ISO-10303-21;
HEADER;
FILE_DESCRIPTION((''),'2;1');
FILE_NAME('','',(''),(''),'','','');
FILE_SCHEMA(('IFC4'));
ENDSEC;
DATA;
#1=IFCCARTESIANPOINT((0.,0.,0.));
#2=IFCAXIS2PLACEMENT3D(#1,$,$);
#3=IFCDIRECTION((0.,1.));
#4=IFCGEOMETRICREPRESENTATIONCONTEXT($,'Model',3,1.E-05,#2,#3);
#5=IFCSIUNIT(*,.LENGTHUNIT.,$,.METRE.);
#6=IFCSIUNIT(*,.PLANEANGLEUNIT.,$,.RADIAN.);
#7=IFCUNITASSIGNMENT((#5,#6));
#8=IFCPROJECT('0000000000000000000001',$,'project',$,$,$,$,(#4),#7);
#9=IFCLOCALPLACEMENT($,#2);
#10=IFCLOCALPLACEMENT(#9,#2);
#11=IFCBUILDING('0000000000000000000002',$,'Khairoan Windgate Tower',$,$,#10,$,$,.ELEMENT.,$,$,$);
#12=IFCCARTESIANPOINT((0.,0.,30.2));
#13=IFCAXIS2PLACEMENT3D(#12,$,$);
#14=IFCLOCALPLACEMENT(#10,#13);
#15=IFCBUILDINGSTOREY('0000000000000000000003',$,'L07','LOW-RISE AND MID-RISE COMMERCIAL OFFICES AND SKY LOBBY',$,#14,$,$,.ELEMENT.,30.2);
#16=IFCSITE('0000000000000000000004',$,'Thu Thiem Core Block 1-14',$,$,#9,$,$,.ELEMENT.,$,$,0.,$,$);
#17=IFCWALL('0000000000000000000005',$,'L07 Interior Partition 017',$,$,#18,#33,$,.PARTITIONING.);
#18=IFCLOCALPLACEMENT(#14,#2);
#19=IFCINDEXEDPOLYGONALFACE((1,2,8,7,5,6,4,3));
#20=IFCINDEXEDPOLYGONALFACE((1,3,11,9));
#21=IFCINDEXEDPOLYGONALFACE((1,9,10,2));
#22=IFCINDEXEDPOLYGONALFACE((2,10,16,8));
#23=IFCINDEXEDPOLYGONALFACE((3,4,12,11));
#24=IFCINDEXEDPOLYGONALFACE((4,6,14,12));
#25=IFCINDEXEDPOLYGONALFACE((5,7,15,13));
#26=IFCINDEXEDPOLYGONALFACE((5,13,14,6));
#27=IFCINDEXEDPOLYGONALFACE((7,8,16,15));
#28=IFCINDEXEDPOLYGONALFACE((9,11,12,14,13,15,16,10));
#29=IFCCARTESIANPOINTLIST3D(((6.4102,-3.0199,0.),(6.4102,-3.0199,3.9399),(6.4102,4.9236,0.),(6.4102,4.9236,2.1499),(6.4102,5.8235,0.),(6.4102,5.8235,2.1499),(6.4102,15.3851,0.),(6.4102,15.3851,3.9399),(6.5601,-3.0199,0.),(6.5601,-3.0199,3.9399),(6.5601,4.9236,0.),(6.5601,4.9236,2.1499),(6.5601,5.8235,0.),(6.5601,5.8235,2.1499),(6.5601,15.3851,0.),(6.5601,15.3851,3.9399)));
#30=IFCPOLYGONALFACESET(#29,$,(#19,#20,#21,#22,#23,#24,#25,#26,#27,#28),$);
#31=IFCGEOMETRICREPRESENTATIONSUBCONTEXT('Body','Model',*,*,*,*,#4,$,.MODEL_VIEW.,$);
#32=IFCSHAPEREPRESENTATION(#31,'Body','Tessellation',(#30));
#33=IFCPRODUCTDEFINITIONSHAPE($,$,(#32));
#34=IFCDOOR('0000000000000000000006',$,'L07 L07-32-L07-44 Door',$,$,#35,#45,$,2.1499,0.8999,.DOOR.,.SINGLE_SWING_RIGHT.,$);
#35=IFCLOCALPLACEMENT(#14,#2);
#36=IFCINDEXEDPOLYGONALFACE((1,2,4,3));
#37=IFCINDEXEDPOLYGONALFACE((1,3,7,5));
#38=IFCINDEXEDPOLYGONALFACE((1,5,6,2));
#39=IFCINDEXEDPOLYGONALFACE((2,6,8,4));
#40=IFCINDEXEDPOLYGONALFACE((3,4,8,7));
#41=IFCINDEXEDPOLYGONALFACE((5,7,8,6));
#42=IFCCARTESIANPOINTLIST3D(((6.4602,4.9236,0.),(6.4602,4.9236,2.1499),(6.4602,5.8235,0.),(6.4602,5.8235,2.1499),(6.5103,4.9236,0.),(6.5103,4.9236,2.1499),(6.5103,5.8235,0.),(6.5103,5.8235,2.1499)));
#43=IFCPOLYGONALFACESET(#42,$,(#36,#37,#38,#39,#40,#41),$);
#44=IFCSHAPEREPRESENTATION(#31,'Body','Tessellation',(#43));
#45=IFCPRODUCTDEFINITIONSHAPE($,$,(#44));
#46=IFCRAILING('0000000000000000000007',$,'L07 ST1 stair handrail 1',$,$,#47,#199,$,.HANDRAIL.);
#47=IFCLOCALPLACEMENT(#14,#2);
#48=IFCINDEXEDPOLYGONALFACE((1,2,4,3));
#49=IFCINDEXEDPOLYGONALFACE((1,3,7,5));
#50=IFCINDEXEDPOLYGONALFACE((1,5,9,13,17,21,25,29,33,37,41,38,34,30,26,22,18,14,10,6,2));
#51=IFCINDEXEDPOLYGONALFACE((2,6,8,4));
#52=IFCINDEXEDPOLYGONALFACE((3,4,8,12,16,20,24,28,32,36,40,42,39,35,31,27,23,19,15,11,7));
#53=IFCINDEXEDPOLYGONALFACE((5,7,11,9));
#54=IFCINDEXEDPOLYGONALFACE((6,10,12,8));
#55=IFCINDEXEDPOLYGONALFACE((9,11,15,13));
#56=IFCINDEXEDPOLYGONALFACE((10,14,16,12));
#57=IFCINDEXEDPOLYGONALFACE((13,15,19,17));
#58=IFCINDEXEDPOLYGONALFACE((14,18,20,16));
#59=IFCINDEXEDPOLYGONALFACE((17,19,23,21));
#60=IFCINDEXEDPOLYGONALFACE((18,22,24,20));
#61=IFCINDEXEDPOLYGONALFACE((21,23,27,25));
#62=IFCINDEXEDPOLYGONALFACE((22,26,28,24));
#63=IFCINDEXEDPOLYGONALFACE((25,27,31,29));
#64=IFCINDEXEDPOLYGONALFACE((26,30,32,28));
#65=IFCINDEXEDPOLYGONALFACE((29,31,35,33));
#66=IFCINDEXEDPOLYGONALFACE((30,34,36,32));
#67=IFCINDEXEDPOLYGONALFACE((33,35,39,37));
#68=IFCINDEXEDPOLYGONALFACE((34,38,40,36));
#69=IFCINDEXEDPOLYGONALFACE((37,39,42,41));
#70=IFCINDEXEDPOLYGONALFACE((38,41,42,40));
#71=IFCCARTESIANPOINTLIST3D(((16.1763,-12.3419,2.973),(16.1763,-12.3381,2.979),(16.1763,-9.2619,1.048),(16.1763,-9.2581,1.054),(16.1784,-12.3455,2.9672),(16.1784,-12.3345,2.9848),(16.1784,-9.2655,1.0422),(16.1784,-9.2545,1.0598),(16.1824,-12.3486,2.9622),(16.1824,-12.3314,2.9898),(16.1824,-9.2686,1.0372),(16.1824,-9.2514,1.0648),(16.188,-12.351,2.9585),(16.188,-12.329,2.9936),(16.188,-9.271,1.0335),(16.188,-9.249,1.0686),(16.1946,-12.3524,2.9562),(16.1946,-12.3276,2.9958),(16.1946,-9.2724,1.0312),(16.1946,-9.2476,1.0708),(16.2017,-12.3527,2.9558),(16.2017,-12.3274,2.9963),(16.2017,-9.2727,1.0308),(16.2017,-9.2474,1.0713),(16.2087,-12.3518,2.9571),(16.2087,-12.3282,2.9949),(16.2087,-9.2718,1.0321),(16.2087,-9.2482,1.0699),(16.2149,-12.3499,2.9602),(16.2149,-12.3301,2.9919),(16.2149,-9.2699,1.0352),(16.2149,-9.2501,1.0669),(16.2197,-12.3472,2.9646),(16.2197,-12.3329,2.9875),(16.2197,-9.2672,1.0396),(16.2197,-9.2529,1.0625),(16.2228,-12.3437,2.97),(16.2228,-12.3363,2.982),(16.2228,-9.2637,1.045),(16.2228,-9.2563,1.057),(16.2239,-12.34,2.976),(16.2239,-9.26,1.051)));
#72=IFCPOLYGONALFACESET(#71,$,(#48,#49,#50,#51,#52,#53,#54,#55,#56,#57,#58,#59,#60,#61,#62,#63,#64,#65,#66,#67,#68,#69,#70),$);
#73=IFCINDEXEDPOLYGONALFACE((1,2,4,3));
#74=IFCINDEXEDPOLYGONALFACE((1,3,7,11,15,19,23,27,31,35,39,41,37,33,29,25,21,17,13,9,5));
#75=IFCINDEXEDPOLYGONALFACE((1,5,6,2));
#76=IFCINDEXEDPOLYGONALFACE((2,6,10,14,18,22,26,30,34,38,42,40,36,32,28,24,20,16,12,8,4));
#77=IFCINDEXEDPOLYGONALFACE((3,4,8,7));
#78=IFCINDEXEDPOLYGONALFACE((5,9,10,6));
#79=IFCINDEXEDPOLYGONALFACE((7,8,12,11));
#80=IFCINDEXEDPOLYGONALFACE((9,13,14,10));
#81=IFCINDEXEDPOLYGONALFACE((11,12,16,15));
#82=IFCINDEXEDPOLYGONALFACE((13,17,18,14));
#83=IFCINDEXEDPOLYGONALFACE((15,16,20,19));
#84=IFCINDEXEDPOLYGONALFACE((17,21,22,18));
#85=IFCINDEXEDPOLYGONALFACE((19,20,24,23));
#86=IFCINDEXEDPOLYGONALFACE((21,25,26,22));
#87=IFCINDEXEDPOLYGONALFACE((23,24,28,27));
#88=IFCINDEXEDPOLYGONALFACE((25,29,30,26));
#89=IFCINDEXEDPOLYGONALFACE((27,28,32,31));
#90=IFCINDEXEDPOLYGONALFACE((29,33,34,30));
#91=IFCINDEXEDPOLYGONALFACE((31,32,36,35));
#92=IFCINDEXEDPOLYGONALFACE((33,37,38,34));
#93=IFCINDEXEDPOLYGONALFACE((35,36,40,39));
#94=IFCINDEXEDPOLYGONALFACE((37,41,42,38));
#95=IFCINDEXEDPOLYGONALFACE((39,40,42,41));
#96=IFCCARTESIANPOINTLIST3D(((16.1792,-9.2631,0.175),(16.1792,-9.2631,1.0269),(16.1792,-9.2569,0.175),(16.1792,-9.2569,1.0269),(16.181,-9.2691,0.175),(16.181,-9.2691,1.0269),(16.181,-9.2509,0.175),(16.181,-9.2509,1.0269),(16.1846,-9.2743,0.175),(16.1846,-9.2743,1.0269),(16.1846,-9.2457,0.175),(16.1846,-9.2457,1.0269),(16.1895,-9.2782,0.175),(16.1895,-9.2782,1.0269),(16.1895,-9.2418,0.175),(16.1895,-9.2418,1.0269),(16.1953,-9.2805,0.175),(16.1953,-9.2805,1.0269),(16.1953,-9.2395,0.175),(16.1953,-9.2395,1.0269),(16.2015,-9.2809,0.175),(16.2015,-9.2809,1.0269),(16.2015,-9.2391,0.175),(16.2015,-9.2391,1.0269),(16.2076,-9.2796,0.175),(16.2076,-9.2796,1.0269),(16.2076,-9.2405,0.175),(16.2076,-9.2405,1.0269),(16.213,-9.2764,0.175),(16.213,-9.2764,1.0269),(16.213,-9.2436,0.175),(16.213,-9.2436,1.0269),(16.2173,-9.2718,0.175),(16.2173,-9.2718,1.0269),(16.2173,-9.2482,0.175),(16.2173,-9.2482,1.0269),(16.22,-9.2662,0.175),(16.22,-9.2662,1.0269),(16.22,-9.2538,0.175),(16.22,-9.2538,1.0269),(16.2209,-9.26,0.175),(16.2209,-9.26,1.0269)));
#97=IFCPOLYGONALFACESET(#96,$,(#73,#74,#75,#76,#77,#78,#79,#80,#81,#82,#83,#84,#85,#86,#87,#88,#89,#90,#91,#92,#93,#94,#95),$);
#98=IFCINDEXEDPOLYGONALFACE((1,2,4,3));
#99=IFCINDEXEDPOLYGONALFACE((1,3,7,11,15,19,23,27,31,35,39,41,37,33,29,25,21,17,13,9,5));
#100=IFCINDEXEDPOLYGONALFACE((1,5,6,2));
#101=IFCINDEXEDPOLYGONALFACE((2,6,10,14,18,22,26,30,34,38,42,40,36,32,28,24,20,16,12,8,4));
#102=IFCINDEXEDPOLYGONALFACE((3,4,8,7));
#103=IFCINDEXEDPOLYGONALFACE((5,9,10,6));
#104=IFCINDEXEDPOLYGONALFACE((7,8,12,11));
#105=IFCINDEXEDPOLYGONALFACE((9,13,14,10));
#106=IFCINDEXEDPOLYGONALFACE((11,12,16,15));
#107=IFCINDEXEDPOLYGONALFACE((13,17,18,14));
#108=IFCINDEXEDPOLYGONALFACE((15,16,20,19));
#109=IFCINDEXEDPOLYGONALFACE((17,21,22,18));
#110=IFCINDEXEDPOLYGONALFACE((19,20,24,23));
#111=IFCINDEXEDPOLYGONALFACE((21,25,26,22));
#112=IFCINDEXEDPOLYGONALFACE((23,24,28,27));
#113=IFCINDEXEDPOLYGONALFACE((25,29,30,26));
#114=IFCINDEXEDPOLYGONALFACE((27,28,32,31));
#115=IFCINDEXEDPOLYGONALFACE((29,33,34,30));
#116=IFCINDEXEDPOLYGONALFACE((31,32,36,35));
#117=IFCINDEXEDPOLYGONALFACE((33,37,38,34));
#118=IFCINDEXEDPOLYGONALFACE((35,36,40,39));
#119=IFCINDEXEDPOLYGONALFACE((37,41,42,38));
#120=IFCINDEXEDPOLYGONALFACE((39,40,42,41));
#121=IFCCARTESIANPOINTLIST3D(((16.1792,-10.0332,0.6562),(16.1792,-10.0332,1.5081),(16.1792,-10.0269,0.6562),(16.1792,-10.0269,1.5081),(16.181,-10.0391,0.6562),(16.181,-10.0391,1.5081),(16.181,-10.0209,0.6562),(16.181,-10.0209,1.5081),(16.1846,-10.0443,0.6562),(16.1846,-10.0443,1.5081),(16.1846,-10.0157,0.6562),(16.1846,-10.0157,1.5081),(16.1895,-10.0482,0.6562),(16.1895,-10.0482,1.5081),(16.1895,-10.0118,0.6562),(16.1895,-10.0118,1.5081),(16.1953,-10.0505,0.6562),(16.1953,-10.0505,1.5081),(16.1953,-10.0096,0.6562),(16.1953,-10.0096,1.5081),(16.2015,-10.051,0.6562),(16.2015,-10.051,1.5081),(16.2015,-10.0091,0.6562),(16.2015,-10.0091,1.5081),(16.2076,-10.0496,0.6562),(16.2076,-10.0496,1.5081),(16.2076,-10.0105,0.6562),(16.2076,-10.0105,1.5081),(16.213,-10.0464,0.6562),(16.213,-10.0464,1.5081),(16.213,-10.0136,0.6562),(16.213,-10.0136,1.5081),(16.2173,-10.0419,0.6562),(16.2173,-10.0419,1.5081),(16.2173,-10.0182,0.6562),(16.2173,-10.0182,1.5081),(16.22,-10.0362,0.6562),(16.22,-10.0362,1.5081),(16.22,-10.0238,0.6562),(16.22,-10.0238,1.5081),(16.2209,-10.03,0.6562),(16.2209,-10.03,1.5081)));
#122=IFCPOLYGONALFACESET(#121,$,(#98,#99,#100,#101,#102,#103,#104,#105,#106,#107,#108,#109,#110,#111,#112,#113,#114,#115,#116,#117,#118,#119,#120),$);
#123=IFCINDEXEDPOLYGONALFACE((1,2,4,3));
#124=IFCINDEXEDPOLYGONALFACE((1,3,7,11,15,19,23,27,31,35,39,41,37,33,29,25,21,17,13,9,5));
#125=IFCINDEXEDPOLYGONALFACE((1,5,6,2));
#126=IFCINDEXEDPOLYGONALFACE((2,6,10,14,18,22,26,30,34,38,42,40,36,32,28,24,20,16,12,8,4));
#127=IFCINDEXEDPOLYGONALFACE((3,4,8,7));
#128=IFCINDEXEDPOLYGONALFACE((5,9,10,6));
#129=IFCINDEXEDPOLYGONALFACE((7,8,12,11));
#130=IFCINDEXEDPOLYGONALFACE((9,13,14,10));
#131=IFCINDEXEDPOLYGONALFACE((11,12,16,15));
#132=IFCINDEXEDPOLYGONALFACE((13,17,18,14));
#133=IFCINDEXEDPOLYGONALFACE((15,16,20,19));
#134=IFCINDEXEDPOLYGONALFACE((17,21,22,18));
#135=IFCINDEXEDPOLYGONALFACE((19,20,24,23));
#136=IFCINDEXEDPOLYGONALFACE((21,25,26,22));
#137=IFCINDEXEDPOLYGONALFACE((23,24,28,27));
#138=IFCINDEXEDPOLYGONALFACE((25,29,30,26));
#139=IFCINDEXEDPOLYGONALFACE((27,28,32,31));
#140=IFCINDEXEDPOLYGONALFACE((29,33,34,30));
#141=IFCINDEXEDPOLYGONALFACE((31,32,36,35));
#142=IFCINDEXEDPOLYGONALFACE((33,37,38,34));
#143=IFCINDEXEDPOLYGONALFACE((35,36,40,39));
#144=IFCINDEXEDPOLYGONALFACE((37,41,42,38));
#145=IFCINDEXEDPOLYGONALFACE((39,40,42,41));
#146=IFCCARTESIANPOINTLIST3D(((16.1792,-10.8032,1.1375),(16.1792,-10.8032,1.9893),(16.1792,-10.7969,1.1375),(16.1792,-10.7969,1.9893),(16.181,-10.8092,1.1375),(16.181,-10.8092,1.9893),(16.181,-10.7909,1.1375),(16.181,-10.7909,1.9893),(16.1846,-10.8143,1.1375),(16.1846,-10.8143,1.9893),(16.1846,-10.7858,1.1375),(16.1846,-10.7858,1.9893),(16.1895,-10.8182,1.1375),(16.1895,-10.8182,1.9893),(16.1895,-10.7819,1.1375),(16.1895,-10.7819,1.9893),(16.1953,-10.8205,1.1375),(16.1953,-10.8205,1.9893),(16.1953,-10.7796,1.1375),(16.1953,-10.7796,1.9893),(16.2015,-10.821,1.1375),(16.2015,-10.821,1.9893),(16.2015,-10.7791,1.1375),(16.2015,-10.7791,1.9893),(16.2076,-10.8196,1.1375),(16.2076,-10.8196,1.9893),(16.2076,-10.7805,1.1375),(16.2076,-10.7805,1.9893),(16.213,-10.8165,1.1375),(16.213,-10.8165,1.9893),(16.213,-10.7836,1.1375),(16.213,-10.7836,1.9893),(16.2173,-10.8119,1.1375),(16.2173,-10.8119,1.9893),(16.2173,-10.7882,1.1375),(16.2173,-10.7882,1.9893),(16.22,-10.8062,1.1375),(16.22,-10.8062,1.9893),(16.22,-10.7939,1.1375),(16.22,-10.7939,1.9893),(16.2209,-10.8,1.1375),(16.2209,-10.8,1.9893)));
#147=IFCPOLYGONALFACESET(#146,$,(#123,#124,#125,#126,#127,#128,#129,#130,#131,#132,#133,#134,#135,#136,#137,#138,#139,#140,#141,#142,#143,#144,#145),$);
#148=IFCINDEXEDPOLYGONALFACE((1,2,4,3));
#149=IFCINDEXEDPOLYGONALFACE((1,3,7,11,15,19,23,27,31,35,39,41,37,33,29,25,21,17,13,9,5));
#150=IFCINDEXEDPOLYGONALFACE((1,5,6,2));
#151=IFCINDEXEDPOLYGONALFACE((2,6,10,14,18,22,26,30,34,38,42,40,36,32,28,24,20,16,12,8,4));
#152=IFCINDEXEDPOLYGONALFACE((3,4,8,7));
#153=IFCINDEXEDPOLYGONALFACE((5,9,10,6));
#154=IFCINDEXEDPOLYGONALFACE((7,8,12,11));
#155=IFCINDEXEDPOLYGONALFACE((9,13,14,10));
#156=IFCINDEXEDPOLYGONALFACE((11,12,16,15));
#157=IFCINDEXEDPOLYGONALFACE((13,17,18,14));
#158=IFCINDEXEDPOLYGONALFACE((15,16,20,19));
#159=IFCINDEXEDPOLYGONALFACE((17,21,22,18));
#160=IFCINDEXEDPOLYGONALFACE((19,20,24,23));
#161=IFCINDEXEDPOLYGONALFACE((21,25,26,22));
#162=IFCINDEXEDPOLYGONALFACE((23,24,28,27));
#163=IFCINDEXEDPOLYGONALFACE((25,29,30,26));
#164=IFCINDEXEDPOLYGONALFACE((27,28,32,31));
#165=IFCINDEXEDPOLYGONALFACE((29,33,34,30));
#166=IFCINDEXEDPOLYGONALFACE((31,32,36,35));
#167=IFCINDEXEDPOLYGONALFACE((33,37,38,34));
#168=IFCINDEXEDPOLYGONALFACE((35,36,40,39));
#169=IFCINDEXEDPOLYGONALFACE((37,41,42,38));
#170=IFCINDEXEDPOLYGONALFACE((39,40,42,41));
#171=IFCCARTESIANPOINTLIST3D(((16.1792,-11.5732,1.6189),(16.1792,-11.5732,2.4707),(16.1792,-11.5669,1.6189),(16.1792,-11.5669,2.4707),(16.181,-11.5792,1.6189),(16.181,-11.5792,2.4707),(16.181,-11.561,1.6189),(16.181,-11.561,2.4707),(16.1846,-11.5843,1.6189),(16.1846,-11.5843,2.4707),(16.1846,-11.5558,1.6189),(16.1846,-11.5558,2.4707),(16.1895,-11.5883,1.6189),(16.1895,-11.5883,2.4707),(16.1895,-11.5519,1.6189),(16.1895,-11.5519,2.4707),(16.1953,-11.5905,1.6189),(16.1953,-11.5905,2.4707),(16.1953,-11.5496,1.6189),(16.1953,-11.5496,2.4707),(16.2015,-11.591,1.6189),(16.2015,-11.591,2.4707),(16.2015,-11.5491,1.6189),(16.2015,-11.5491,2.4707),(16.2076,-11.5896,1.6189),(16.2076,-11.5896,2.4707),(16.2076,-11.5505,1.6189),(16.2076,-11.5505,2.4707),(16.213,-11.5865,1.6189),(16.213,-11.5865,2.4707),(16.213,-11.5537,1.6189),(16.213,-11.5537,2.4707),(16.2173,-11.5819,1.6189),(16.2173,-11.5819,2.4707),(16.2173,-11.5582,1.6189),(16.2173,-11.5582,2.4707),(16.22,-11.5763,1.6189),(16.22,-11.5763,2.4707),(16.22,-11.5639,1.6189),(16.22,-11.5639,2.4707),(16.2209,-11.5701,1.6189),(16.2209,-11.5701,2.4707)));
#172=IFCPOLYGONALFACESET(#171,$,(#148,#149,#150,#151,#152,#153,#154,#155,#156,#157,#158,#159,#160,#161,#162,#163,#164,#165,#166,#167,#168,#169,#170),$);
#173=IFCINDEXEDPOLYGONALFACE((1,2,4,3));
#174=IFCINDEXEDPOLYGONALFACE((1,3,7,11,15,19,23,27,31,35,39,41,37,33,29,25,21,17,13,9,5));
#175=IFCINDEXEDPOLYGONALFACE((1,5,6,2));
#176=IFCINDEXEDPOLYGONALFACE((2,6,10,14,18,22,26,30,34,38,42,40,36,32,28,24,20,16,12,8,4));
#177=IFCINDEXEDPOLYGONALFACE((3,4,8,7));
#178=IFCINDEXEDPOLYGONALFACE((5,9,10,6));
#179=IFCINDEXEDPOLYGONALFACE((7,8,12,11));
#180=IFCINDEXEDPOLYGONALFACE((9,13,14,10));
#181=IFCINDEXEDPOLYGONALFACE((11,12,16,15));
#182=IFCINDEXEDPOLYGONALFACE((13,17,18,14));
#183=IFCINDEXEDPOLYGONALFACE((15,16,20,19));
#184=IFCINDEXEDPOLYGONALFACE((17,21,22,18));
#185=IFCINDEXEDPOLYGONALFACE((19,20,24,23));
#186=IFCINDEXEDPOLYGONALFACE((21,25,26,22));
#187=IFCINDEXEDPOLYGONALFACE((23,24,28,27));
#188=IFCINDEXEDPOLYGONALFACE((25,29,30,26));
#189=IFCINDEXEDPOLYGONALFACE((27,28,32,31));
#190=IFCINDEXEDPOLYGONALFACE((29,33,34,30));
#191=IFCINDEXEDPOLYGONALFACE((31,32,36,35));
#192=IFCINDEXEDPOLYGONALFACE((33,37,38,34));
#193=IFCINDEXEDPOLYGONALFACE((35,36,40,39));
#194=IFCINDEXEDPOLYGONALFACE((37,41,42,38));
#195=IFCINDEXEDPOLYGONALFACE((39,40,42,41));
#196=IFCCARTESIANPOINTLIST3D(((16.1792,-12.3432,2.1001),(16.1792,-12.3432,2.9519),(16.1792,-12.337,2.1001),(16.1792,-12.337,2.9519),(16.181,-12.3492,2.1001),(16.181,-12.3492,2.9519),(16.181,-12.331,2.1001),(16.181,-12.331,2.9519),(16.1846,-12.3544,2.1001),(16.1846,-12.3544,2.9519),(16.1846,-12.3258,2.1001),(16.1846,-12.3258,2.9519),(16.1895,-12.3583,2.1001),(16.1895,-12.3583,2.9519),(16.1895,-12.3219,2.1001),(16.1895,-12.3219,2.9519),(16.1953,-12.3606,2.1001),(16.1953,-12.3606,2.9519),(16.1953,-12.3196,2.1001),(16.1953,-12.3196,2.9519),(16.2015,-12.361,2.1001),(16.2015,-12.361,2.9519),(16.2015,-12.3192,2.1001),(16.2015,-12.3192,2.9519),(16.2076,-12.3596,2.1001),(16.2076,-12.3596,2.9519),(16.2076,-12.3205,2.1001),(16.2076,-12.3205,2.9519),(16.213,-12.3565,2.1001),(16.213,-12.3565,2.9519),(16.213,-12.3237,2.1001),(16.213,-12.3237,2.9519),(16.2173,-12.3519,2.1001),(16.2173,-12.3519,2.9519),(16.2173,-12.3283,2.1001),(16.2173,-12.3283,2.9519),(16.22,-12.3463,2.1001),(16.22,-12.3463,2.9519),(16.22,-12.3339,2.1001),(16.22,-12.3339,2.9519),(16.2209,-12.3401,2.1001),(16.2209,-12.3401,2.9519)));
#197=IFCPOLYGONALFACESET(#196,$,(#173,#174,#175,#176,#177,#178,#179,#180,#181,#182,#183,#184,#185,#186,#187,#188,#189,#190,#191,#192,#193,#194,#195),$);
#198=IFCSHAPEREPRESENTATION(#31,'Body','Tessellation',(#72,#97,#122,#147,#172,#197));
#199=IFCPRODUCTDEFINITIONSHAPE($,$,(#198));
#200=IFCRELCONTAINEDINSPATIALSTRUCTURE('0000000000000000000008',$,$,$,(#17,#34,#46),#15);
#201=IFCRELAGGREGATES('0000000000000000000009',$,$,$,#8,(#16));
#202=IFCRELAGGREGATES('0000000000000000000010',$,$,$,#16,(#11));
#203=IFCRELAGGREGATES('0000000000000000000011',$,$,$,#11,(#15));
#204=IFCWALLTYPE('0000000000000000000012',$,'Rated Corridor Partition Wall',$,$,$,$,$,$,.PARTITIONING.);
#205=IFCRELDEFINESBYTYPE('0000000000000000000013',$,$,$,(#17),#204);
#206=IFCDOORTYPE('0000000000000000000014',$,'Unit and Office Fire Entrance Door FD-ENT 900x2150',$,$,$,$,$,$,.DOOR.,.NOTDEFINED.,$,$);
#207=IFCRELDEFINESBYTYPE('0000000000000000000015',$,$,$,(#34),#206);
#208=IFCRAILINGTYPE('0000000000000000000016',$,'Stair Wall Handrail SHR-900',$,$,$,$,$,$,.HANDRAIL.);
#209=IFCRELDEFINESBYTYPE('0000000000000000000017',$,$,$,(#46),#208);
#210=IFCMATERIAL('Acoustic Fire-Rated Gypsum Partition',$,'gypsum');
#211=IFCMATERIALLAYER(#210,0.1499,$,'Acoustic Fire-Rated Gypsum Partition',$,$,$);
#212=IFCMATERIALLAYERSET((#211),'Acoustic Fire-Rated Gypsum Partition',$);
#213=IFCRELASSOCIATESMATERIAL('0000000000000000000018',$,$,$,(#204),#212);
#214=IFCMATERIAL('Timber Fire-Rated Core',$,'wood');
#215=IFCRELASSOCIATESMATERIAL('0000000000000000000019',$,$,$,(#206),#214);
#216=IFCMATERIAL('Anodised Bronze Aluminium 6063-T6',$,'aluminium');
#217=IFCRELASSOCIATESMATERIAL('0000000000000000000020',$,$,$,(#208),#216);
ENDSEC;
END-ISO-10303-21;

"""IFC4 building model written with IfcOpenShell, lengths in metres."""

from ifc_helpers import new_model, si_unit, direction, frame, frame_2d, origin, origin_2d, place, context, subcontext, project, spatial, rectangle, circle, extrude, material, layer, layer_set, type_object, element, fill, save


model = new_model("IFC4")

# Units and contexts
model_context = context("Model", 3, precision=1e-05, world=origin(), true_north=direction((0.0, 1.0)))
body_context = subcontext(model_context, "Body", "Model", "MODEL_VIEW")
ifc_project = project(units=[si_unit("LENGTHUNIT", "METRE"), si_unit("PLANEANGLEUNIT", "RADIAN")], contexts=[model_context])

# Site, building, storey
site_placement = place(None, origin())
site = spatial("IfcSite", under=ifc_project, at=site_placement, Name="Thu Thiem Core Block 1-14", CompositionType="ELEMENT", RefElevation=0.0)
building_placement = place(site_placement, origin())
building = spatial("IfcBuilding", under=site, at=building_placement, Name="Khairoan Windgate Tower", CompositionType="ELEMENT")
storey_placement = place(building_placement, frame((0.0, 0.0, 30.2)))
storey = spatial("IfcBuildingStorey", under=building, at=storey_placement, Name="L07", Description="LOW-RISE AND MID-RISE COMMERCIAL OFFICES AND SKY LOBBY", CompositionType="ELEMENT", Elevation=30.2)

# Wall, opening, door
ifc_material_1 = material(Name="Acoustic Fire-Rated Gypsum Partition", Category="gypsum")
ifc_layer_1 = layer(ifc_material_1, 0.1499, Name="Acoustic Fire-Rated Gypsum Partition")
ifc_layer_set_1 = layer_set([ifc_layer_1], Name="Acoustic Fire-Rated Gypsum Partition")
wall_type_1 = type_object("IfcWallType", Name="Rated Corridor Partition Wall", PredefinedType="PARTITIONING", material=ifc_layer_set_1)
wall_1_placement = place(storey_placement, frame((6.4851, -3.02, 0.0), z_axis=(0.0, 0.0, 1.0), x_axis=(0.0, 1.0, 0.0)))
wall_1 = element("IfcWall", 1, at=wall_1_placement, inside=storey, type_object=wall_type_1, Name="L07 Interior Partition 017", PredefinedType="PARTITIONING", context=body_context, shape_type="SweptSolid", body=[
    extrude(rectangle(XDim=18.405, YDim=0.1499, at=frame_2d((9.2026, 0.0))), origin(), (0.0, 0.0, 1.0), 3.9399),
])
opening_1_placement = place(wall_1_placement, frame((7.9436, 0.0, 0.0)))
opening_1 = element("IfcOpeningElement", 2, at=opening_1_placement, cuts=wall_1, PredefinedType="OPENING", context=body_context, shape_type="SweptSolid", body=[
    extrude(rectangle(XDim=0.8999, YDim=2.1499, at=frame_2d((0.45, 1.075))), frame((0.0, 0.085, 0.0), z_axis=(0.0, -1.0, 0.0), x_axis=(1.0, 0.0, 0.0)), (0.0, 0.0, 1.0), 0.1699),
])
ifc_material_2 = material(Name="Timber Fire-Rated Core", Category="wood")
door_type_1 = type_object("IfcDoorType", Name="Unit and Office Fire Entrance Door FD-ENT 900x2150", OperationType="NOTDEFINED", PredefinedType="DOOR", material=ifc_material_2)
door_1_placement = place(opening_1_placement, origin())
door_1 = element("IfcDoor", 3, at=door_1_placement, inside=storey, type_object=door_type_1, Name="L07 L07-32-L07-44 Door", OperationType="SINGLE_SWING_RIGHT", OverallHeight=2.1499, OverallWidth=0.8999, PredefinedType="DOOR", context=body_context, shape_type="SweptSolid", body=[
    extrude(rectangle(XDim=0.8999, YDim=2.1499, at=frame_2d((0.45, 1.075))), frame((0.0, 0.0249, 0.0), z_axis=(0.0, -1.0, 0.0), x_axis=(1.0, 0.0, 0.0)), (0.0, 0.0, 1.0), 0.05),
])
fill(opening_1, door_1)

# Railing
ifc_material_3 = material(Name="Anodised Bronze Aluminium 6063-T6", Category="aluminium")
railing_type_1 = type_object("IfcRailingType", Name="Stair Wall Handrail SHR-900", PredefinedType="HANDRAIL", material=ifc_material_3)
railing_1_placement = place(storey_placement, frame((16.2, -9.26, 0.175)))
element("IfcRailing", 4, at=railing_1_placement, inside=storey, type_object=railing_type_1, Name="L07 ST1 stair handrail 1", PredefinedType="HANDRAIL", context=body_context, shape_type="SweptSolid", body=[
    extrude(circle(Radius=0.0239, at=origin_2d()), frame((0.0, 0.0, 0.876), z_axis=(0.0, -0.847998, 0.529999), x_axis=(1.0, 0.0, 0.0)), (0.0, 0.0, 1.0), 3.6321),
    extrude(circle(Radius=0.021, at=origin_2d()), origin(), (0.0, 0.0, 1.0), 0.8518),
    extrude(circle(Radius=0.021, at=origin_2d()), frame((0.0, -0.77, 0.4812)), (0.0, 0.0, 1.0), 0.8518),
    extrude(circle(Radius=0.021, at=origin_2d()), frame((0.0, -1.54, 0.9624)), (0.0, 0.0, 1.0), 0.8518),
    extrude(circle(Radius=0.021, at=origin_2d()), frame((0.0, -2.3101, 1.4438)), (0.0, 0.0, 1.0), 0.8518),
    extrude(circle(Radius=0.021, at=origin_2d()), frame((0.0, -3.0801, 1.925)), (0.0, 0.0, 1.0), 0.8518),
])

save(model, "model.ifc")
